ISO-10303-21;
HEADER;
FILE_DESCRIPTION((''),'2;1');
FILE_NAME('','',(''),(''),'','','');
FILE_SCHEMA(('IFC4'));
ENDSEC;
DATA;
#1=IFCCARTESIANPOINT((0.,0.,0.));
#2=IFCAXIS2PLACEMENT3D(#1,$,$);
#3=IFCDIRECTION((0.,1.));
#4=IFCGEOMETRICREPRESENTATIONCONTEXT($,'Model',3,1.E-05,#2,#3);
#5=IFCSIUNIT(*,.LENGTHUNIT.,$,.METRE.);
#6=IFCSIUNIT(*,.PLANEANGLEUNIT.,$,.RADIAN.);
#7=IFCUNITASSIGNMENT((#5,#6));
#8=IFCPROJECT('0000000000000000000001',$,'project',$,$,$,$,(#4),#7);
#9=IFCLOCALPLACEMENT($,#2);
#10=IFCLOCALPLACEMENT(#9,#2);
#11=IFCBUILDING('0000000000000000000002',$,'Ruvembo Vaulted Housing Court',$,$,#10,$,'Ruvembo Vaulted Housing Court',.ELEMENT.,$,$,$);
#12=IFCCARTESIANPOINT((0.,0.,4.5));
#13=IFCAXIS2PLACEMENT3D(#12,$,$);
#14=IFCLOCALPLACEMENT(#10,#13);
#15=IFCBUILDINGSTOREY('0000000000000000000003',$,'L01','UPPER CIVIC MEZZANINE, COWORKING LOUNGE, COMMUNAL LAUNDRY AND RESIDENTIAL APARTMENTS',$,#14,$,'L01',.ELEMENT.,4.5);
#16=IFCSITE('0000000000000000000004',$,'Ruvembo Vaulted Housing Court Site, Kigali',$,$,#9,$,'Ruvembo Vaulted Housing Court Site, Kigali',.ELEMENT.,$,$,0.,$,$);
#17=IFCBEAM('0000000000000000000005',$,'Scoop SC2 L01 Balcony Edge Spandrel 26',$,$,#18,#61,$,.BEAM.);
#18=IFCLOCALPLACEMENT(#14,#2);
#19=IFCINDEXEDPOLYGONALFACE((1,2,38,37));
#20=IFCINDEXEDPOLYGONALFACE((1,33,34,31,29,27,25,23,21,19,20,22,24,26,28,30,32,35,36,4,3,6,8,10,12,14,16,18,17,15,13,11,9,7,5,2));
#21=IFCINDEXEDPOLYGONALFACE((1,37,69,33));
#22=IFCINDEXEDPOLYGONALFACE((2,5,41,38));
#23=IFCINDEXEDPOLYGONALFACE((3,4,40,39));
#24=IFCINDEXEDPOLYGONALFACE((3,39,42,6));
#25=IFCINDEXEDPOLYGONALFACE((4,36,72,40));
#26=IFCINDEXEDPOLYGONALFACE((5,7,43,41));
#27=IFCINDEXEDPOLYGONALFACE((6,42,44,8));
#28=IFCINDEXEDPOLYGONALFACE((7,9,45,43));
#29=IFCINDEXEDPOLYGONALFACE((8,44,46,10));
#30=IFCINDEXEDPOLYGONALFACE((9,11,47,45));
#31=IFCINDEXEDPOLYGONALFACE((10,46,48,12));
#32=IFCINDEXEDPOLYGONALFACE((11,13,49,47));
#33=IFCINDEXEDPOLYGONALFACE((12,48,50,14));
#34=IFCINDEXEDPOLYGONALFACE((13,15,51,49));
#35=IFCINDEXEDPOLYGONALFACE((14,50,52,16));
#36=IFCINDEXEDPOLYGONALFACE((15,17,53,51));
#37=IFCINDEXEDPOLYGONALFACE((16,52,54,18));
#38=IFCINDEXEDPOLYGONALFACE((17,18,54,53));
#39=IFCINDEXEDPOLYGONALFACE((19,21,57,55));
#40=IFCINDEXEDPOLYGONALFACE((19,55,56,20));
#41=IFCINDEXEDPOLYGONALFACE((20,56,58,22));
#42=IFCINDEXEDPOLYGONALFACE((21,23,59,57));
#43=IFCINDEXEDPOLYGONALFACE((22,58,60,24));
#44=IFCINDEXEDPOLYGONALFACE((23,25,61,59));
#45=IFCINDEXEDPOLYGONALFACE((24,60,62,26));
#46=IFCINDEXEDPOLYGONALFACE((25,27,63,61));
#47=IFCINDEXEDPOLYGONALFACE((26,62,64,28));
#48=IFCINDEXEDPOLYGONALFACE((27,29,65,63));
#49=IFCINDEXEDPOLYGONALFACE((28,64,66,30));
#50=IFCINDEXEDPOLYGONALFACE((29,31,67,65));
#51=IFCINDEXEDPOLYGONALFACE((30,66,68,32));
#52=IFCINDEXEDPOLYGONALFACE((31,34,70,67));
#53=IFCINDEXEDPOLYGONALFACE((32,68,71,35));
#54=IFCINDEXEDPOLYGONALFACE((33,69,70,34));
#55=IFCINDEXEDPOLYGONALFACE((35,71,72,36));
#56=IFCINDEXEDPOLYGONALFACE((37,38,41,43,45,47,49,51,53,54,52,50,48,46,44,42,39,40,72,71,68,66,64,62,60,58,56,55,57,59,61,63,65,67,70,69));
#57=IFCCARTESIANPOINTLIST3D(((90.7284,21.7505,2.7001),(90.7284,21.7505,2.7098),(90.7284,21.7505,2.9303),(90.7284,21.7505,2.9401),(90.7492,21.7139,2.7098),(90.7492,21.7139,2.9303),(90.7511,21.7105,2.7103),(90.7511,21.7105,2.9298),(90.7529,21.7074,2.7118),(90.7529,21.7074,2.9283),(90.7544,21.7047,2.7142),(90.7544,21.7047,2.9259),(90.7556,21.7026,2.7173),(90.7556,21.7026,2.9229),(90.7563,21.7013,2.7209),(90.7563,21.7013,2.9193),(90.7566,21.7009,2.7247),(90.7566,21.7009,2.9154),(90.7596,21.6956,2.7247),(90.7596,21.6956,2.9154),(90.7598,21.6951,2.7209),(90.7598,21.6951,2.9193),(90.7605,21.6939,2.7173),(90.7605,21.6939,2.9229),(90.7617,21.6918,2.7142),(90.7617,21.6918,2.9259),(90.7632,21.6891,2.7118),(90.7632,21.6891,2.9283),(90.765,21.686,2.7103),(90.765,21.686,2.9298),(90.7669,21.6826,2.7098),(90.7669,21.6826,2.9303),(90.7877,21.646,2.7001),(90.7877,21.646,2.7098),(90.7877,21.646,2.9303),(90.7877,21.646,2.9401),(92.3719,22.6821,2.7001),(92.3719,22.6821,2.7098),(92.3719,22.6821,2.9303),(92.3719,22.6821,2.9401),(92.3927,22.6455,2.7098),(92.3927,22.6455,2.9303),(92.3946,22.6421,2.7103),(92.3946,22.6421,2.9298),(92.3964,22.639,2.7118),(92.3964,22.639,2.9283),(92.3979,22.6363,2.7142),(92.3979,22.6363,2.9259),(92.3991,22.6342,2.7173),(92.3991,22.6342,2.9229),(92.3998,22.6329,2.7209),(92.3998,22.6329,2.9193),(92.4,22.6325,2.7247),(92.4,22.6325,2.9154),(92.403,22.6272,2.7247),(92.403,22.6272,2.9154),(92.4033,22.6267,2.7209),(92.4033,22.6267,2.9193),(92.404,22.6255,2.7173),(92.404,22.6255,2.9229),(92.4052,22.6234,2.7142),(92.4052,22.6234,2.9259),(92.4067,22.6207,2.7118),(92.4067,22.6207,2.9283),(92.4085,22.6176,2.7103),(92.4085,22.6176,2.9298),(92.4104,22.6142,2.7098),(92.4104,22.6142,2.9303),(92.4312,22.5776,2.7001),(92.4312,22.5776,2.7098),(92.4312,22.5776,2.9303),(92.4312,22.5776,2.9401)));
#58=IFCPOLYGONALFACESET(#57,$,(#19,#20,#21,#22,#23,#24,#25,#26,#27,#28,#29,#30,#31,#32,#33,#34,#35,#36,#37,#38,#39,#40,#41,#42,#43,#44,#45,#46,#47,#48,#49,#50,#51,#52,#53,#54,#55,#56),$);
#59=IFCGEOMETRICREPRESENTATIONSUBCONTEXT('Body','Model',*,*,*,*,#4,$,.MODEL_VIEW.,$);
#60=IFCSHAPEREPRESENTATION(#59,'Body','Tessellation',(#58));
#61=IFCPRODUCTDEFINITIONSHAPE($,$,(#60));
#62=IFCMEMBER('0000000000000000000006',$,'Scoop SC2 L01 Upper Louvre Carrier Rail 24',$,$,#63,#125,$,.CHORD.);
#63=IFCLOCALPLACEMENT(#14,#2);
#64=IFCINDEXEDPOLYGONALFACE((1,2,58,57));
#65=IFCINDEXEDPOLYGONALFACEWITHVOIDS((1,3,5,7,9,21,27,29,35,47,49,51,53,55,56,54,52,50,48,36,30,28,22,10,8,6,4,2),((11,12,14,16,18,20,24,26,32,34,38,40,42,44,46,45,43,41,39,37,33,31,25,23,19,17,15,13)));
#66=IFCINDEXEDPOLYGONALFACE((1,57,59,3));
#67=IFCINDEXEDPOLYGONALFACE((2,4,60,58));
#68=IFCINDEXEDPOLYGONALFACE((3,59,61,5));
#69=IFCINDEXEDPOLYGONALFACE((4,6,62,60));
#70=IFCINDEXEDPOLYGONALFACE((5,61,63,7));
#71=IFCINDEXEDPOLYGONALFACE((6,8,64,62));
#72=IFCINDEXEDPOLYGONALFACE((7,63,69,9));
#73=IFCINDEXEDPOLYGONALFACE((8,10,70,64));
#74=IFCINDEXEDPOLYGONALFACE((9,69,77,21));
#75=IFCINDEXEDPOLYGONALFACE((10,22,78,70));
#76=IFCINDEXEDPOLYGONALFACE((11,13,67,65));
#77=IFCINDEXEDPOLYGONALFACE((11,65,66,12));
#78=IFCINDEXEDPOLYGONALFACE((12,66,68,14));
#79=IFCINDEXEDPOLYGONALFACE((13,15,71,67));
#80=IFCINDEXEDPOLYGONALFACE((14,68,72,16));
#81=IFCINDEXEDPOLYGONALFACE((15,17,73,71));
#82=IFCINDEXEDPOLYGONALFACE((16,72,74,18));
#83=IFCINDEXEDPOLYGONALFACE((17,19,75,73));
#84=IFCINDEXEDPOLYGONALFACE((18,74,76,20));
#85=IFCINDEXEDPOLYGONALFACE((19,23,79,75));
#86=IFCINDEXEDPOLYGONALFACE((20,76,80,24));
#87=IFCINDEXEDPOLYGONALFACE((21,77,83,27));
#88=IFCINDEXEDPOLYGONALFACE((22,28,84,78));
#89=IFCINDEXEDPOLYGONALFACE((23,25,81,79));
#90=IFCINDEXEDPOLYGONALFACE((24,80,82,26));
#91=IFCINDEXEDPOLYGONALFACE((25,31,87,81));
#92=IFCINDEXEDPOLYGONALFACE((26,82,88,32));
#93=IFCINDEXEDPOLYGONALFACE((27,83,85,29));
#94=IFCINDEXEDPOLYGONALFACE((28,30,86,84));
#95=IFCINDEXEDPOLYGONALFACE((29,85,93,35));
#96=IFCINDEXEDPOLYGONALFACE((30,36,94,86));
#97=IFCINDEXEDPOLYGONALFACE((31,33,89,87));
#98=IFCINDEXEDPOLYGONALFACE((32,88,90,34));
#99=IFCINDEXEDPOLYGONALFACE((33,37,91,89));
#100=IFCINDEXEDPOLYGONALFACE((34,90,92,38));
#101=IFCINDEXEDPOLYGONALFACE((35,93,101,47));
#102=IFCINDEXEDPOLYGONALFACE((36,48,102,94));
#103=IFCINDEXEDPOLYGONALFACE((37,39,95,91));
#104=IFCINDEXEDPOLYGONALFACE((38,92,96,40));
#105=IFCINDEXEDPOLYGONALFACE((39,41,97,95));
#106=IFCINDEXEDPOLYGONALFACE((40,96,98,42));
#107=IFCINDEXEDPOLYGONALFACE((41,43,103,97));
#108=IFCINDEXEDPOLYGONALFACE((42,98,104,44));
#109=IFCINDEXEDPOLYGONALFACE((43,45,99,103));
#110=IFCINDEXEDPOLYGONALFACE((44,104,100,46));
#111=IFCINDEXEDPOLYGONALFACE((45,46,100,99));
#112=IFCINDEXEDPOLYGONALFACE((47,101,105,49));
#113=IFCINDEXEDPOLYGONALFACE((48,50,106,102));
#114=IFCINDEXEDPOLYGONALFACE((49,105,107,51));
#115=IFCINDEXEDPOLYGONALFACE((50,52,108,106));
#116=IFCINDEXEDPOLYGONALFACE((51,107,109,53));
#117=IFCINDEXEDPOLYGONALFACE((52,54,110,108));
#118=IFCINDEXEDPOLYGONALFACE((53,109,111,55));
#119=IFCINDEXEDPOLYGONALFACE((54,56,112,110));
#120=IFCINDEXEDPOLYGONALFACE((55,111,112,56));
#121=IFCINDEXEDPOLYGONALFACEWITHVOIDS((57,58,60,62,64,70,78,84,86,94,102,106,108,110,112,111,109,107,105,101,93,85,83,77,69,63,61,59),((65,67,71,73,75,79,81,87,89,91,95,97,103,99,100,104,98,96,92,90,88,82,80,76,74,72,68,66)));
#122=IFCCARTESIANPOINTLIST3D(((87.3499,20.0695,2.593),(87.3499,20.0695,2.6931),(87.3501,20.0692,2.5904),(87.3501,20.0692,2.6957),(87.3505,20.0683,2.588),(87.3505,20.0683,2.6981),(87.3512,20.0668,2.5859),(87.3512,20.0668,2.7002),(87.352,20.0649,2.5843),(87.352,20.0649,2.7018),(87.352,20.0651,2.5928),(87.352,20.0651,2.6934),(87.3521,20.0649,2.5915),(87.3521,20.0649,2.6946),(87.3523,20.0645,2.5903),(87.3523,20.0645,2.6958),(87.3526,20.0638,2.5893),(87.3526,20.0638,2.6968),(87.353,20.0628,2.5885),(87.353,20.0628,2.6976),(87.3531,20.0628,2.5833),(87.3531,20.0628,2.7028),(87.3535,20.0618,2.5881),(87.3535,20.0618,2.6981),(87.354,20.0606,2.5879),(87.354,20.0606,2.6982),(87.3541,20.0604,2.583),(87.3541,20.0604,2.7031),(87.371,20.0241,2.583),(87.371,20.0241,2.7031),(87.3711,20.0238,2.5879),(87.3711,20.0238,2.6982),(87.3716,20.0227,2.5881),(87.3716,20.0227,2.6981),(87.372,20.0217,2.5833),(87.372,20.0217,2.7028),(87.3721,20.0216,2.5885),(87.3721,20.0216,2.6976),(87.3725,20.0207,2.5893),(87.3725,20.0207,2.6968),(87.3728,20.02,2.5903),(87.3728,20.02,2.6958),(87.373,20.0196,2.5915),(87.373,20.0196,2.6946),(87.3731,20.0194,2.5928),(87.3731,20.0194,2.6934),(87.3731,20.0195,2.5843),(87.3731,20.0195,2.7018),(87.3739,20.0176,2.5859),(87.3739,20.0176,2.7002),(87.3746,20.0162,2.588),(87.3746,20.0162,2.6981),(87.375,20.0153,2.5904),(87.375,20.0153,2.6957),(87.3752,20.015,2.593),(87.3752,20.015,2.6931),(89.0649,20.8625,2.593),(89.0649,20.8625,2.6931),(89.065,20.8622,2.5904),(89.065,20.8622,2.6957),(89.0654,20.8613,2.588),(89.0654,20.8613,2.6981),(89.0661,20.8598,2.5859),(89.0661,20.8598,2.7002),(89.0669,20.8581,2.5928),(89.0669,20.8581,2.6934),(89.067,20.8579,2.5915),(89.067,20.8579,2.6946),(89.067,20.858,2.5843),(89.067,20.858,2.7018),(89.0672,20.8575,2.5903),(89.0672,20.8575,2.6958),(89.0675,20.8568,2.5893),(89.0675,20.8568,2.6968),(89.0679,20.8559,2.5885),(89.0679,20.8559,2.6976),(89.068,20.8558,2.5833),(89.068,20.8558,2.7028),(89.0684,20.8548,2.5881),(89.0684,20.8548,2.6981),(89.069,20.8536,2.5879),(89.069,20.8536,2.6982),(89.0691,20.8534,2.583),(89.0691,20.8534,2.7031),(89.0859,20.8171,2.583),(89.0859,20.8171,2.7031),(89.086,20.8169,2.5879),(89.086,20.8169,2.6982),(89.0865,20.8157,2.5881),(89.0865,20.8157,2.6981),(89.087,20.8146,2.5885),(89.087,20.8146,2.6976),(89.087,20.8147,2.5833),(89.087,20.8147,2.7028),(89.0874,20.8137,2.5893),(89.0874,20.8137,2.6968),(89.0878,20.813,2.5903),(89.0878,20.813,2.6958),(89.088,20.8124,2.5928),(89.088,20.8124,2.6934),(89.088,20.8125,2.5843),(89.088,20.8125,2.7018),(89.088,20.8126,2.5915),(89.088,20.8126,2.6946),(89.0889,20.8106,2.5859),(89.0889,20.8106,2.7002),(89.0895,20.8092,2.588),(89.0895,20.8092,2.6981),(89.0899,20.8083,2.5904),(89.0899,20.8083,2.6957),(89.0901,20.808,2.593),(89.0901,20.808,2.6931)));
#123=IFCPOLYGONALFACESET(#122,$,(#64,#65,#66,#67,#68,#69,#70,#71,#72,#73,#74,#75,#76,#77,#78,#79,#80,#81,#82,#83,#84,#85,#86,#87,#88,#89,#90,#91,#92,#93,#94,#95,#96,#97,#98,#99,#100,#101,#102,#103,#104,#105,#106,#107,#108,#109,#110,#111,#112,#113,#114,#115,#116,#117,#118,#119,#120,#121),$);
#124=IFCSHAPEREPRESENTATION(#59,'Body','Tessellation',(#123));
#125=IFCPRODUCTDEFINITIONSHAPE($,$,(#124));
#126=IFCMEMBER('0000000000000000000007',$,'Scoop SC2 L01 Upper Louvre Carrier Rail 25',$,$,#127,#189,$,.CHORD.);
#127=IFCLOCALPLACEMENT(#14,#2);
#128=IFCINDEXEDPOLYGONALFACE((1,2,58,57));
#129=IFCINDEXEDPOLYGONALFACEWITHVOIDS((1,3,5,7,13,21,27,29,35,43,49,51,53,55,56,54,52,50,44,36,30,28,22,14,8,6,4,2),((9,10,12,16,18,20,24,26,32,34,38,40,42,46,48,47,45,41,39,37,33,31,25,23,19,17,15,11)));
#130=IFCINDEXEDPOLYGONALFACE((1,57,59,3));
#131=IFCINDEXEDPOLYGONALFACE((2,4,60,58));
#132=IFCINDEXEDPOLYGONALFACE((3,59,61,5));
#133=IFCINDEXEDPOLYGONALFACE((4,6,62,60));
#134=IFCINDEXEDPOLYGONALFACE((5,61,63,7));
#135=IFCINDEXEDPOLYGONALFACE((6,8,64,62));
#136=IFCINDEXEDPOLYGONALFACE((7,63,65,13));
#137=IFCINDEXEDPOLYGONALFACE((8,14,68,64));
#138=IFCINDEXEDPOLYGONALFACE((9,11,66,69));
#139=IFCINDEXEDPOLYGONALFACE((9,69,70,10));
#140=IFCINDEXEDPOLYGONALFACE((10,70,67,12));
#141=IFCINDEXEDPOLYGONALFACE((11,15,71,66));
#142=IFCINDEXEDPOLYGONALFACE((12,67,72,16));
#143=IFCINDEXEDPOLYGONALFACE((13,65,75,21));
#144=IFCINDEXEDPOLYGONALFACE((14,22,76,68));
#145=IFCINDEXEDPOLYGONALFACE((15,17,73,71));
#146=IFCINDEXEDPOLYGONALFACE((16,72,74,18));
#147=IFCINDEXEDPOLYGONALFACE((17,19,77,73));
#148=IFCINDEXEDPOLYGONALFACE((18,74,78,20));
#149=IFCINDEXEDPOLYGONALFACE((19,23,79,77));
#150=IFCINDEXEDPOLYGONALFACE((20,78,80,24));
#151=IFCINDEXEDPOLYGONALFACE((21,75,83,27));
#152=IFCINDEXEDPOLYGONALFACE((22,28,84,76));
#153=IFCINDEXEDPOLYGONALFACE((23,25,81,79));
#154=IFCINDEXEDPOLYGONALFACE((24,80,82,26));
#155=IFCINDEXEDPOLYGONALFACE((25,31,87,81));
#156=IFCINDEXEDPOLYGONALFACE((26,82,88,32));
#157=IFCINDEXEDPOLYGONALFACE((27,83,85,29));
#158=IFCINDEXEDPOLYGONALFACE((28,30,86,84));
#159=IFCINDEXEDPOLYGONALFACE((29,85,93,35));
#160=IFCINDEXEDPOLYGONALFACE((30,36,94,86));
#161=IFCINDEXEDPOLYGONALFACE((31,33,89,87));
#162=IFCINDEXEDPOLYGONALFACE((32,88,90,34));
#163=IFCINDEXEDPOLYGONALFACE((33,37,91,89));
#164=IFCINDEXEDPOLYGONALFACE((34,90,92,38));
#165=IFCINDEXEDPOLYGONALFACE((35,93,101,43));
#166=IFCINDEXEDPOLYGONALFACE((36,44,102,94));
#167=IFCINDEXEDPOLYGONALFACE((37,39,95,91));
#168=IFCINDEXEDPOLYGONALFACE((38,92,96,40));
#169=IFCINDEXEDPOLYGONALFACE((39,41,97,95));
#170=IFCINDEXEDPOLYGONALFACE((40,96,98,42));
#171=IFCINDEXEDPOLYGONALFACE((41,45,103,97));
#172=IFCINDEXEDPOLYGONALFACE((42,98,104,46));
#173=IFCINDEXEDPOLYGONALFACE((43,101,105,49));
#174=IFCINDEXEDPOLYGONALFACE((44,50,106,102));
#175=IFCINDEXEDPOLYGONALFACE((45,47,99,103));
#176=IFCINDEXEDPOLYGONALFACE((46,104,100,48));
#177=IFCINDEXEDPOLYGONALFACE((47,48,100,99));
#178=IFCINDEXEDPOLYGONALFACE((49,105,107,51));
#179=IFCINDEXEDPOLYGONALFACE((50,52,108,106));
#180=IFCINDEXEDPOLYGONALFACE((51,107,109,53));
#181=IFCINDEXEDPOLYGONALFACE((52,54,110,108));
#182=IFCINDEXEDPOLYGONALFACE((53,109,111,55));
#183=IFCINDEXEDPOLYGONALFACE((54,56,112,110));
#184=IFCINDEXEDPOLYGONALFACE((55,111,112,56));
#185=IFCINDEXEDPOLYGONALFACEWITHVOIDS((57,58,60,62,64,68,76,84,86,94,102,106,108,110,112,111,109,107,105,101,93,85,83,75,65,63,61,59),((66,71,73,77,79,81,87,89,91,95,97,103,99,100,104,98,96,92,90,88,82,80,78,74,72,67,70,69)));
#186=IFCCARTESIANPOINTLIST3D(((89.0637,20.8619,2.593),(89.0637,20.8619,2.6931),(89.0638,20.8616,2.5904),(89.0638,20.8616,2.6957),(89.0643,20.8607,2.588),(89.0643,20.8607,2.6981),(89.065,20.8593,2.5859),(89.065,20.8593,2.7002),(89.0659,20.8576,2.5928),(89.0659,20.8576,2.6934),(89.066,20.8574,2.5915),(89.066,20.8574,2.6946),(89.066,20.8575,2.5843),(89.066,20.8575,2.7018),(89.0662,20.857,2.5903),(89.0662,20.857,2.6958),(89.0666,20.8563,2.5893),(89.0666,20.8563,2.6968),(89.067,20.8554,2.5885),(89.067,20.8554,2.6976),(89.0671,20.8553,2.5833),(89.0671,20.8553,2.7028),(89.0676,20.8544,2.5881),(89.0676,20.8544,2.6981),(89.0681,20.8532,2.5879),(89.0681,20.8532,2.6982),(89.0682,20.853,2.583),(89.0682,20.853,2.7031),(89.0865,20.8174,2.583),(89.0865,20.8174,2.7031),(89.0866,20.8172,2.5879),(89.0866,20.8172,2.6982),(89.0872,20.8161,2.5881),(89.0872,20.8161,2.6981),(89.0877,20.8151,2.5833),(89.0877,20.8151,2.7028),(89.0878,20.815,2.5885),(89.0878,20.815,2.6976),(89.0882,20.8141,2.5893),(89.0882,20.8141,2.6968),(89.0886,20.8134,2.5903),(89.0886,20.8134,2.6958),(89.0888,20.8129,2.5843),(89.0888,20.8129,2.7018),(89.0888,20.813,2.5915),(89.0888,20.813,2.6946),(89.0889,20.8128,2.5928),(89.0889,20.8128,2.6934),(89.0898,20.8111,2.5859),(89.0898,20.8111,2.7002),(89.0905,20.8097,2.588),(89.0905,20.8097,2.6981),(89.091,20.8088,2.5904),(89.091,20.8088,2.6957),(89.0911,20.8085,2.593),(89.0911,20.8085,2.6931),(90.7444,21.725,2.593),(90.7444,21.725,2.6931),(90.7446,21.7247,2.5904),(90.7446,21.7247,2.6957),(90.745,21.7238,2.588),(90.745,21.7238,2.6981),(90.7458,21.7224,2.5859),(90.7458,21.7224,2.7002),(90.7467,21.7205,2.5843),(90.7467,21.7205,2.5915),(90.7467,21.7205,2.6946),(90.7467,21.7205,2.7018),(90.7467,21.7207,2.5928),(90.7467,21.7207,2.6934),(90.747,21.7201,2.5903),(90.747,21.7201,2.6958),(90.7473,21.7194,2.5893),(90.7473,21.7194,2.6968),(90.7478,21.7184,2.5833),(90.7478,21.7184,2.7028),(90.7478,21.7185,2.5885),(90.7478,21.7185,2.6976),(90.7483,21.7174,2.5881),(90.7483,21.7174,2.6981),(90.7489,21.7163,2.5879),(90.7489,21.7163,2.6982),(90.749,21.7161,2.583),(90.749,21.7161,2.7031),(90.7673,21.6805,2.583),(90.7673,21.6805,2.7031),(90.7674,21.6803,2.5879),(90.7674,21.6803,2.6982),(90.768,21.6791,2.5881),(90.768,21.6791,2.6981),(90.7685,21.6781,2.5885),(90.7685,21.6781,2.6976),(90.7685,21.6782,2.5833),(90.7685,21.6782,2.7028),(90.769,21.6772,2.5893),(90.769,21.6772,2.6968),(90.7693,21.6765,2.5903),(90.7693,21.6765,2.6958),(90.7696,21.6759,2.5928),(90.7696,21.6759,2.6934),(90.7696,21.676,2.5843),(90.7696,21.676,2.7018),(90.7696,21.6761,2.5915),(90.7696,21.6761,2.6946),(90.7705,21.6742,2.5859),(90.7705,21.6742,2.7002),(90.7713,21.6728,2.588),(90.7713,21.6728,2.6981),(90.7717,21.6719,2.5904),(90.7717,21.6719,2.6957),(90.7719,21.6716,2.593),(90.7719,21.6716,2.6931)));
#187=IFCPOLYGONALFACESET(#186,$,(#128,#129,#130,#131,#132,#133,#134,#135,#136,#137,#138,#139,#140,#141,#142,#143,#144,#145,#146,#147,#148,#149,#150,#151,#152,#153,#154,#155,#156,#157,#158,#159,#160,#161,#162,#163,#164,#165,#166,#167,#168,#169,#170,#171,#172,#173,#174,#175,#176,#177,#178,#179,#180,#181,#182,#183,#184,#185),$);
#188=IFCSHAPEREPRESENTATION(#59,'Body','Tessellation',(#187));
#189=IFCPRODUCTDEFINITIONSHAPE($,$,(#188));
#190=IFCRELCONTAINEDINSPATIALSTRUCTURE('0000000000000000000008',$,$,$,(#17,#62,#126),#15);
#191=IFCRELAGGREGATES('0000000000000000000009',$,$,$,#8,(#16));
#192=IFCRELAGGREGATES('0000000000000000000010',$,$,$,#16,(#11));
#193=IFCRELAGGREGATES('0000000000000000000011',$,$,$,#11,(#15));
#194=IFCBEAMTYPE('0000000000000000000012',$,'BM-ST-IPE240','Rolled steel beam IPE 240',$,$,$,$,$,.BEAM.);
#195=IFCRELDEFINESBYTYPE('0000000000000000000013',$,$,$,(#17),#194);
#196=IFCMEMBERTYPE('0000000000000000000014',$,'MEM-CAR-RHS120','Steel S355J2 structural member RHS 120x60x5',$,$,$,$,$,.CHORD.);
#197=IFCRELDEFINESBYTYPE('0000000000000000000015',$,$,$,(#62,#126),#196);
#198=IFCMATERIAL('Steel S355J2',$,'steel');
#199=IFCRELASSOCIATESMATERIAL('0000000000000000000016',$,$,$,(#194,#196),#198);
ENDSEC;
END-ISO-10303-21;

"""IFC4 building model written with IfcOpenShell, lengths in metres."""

from ifc_helpers import new_model, si_unit, direction, frame, origin, origin_2d, place, context, subcontext, project, spatial, hollow_rectangle, i_section, extrude, material, material_profile, profile_set, type_object, element, save


model = new_model("IFC4")

# Units and contexts
model_context = context("Model", 3, precision=1e-05, world=origin(), true_north=direction((0.0, 1.0)))
body_context = subcontext(model_context, "Body", "Model", "MODEL_VIEW")
ifc_project = project(units=[si_unit("LENGTHUNIT", "METRE"), si_unit("PLANEANGLEUNIT", "RADIAN")], contexts=[model_context])

# Site, building, storey
site_placement = place(None, origin())
site = spatial("IfcSite", under=ifc_project, at=site_placement, Name="Ruvembo Vaulted Housing Court Site, Kigali", LongName="Ruvembo Vaulted Housing Court Site, Kigali", CompositionType="ELEMENT", RefElevation=0.0)
building_placement = place(site_placement, origin())
building = spatial("IfcBuilding", under=site, at=building_placement, Name="Ruvembo Vaulted Housing Court", LongName="Ruvembo Vaulted Housing Court", CompositionType="ELEMENT")
storey_placement = place(building_placement, frame((0.0, 0.0, 4.5)))
storey = spatial("IfcBuildingStorey", under=building, at=storey_placement, Name="L01", Description="UPPER CIVIC MEZZANINE, COWORKING LOUNGE, COMMUNAL LAUNDRY AND RESIDENTIAL APARTMENTS", LongName="L01", CompositionType="ELEMENT", Elevation=4.5)

# Beam
ifc_material_1 = material(Name="Steel S355J2", Category="steel")
ifc_material_profile_1 = material_profile(ifc_material_1, i_section(OverallWidth=0.1201, OverallDepth=0.24, WebThickness=0.0061, FlangeThickness=0.0098, FilletRadius=0.0149, at=origin_2d()), Name="IPE 240")
ifc_profile_set_1 = profile_set([ifc_material_profile_1], Name="Steel S355J2")
beam_type = type_object("IfcBeamType", Name="BM-ST-IPE240", Description="Rolled steel beam IPE 240", PredefinedType="BEAM", material=ifc_profile_set_1)
beam_1_placement = place(storey_placement, frame((90.7581, 21.6982, 2.8201), z_axis=(0.869956, 0.49313, 0.0), x_axis=(-0.49313, 0.869956, 0.0)))
element("IfcBeam", 1, at=beam_1_placement, inside=storey, type_object=beam_type, Name="Scoop SC2 L01 Balcony Edge Spandrel 26", PredefinedType="BEAM", context=body_context, shape_type="SweptSolid", body=[
    extrude(i_section(OverallWidth=0.1201, OverallDepth=0.24, WebThickness=0.0061, FlangeThickness=0.0098, FilletRadius=0.0149, at=origin_2d()), origin(), (0.0, 0.0, 1.0), 1.8892),
])

# Members
ifc_material_profile_2 = material_profile(ifc_material_1, hollow_rectangle(XDim=0.0601, YDim=0.1201, WallThickness=0.0049, InnerFilletRadius=0.0049, OuterFilletRadius=0.01, at=origin_2d()), Name="RHS 120x60x5")
ifc_profile_set_2 = profile_set([ifc_material_profile_2], Name="Steel S355J2")
member_type_1 = type_object("IfcMemberType", Name="MEM-CAR-RHS120", Description="Steel S355J2 structural member RHS 120x60x5", PredefinedType="CHORD", material=ifc_profile_set_2)
for number, where, z_axis, x_axis, name in (
    (2, (87.3625, 20.0422, 2.6431), (0.907657, 0.419714, 0.0), (-0.419714, 0.907657, 0.0), "Scoop SC2 L01 Upper Louvre Carrier Rail 24"),
    (3, (89.0774, 20.8352, 2.6431), (0.889568, 0.456802, 0.0), (-0.456802, 0.889568, 0.0), "Scoop SC2 L01 Upper Louvre Carrier Rail 25"),
):
    element("IfcMember", number, at=place(storey_placement, frame(where, z_axis=z_axis, x_axis=x_axis)), inside=storey, type_object=member_type_1, Name=name, PredefinedType="CHORD", context=body_context, shape_type="SweptSolid", body=[
        extrude(hollow_rectangle(XDim=0.0601, YDim=0.1201, WallThickness=0.0049, InnerFilletRadius=0.0049, OuterFilletRadius=0.01, at=origin_2d()), origin(), (0.0, 0.0, 1.0), 1.8894),
    ])

save(model, "model.ifc")
